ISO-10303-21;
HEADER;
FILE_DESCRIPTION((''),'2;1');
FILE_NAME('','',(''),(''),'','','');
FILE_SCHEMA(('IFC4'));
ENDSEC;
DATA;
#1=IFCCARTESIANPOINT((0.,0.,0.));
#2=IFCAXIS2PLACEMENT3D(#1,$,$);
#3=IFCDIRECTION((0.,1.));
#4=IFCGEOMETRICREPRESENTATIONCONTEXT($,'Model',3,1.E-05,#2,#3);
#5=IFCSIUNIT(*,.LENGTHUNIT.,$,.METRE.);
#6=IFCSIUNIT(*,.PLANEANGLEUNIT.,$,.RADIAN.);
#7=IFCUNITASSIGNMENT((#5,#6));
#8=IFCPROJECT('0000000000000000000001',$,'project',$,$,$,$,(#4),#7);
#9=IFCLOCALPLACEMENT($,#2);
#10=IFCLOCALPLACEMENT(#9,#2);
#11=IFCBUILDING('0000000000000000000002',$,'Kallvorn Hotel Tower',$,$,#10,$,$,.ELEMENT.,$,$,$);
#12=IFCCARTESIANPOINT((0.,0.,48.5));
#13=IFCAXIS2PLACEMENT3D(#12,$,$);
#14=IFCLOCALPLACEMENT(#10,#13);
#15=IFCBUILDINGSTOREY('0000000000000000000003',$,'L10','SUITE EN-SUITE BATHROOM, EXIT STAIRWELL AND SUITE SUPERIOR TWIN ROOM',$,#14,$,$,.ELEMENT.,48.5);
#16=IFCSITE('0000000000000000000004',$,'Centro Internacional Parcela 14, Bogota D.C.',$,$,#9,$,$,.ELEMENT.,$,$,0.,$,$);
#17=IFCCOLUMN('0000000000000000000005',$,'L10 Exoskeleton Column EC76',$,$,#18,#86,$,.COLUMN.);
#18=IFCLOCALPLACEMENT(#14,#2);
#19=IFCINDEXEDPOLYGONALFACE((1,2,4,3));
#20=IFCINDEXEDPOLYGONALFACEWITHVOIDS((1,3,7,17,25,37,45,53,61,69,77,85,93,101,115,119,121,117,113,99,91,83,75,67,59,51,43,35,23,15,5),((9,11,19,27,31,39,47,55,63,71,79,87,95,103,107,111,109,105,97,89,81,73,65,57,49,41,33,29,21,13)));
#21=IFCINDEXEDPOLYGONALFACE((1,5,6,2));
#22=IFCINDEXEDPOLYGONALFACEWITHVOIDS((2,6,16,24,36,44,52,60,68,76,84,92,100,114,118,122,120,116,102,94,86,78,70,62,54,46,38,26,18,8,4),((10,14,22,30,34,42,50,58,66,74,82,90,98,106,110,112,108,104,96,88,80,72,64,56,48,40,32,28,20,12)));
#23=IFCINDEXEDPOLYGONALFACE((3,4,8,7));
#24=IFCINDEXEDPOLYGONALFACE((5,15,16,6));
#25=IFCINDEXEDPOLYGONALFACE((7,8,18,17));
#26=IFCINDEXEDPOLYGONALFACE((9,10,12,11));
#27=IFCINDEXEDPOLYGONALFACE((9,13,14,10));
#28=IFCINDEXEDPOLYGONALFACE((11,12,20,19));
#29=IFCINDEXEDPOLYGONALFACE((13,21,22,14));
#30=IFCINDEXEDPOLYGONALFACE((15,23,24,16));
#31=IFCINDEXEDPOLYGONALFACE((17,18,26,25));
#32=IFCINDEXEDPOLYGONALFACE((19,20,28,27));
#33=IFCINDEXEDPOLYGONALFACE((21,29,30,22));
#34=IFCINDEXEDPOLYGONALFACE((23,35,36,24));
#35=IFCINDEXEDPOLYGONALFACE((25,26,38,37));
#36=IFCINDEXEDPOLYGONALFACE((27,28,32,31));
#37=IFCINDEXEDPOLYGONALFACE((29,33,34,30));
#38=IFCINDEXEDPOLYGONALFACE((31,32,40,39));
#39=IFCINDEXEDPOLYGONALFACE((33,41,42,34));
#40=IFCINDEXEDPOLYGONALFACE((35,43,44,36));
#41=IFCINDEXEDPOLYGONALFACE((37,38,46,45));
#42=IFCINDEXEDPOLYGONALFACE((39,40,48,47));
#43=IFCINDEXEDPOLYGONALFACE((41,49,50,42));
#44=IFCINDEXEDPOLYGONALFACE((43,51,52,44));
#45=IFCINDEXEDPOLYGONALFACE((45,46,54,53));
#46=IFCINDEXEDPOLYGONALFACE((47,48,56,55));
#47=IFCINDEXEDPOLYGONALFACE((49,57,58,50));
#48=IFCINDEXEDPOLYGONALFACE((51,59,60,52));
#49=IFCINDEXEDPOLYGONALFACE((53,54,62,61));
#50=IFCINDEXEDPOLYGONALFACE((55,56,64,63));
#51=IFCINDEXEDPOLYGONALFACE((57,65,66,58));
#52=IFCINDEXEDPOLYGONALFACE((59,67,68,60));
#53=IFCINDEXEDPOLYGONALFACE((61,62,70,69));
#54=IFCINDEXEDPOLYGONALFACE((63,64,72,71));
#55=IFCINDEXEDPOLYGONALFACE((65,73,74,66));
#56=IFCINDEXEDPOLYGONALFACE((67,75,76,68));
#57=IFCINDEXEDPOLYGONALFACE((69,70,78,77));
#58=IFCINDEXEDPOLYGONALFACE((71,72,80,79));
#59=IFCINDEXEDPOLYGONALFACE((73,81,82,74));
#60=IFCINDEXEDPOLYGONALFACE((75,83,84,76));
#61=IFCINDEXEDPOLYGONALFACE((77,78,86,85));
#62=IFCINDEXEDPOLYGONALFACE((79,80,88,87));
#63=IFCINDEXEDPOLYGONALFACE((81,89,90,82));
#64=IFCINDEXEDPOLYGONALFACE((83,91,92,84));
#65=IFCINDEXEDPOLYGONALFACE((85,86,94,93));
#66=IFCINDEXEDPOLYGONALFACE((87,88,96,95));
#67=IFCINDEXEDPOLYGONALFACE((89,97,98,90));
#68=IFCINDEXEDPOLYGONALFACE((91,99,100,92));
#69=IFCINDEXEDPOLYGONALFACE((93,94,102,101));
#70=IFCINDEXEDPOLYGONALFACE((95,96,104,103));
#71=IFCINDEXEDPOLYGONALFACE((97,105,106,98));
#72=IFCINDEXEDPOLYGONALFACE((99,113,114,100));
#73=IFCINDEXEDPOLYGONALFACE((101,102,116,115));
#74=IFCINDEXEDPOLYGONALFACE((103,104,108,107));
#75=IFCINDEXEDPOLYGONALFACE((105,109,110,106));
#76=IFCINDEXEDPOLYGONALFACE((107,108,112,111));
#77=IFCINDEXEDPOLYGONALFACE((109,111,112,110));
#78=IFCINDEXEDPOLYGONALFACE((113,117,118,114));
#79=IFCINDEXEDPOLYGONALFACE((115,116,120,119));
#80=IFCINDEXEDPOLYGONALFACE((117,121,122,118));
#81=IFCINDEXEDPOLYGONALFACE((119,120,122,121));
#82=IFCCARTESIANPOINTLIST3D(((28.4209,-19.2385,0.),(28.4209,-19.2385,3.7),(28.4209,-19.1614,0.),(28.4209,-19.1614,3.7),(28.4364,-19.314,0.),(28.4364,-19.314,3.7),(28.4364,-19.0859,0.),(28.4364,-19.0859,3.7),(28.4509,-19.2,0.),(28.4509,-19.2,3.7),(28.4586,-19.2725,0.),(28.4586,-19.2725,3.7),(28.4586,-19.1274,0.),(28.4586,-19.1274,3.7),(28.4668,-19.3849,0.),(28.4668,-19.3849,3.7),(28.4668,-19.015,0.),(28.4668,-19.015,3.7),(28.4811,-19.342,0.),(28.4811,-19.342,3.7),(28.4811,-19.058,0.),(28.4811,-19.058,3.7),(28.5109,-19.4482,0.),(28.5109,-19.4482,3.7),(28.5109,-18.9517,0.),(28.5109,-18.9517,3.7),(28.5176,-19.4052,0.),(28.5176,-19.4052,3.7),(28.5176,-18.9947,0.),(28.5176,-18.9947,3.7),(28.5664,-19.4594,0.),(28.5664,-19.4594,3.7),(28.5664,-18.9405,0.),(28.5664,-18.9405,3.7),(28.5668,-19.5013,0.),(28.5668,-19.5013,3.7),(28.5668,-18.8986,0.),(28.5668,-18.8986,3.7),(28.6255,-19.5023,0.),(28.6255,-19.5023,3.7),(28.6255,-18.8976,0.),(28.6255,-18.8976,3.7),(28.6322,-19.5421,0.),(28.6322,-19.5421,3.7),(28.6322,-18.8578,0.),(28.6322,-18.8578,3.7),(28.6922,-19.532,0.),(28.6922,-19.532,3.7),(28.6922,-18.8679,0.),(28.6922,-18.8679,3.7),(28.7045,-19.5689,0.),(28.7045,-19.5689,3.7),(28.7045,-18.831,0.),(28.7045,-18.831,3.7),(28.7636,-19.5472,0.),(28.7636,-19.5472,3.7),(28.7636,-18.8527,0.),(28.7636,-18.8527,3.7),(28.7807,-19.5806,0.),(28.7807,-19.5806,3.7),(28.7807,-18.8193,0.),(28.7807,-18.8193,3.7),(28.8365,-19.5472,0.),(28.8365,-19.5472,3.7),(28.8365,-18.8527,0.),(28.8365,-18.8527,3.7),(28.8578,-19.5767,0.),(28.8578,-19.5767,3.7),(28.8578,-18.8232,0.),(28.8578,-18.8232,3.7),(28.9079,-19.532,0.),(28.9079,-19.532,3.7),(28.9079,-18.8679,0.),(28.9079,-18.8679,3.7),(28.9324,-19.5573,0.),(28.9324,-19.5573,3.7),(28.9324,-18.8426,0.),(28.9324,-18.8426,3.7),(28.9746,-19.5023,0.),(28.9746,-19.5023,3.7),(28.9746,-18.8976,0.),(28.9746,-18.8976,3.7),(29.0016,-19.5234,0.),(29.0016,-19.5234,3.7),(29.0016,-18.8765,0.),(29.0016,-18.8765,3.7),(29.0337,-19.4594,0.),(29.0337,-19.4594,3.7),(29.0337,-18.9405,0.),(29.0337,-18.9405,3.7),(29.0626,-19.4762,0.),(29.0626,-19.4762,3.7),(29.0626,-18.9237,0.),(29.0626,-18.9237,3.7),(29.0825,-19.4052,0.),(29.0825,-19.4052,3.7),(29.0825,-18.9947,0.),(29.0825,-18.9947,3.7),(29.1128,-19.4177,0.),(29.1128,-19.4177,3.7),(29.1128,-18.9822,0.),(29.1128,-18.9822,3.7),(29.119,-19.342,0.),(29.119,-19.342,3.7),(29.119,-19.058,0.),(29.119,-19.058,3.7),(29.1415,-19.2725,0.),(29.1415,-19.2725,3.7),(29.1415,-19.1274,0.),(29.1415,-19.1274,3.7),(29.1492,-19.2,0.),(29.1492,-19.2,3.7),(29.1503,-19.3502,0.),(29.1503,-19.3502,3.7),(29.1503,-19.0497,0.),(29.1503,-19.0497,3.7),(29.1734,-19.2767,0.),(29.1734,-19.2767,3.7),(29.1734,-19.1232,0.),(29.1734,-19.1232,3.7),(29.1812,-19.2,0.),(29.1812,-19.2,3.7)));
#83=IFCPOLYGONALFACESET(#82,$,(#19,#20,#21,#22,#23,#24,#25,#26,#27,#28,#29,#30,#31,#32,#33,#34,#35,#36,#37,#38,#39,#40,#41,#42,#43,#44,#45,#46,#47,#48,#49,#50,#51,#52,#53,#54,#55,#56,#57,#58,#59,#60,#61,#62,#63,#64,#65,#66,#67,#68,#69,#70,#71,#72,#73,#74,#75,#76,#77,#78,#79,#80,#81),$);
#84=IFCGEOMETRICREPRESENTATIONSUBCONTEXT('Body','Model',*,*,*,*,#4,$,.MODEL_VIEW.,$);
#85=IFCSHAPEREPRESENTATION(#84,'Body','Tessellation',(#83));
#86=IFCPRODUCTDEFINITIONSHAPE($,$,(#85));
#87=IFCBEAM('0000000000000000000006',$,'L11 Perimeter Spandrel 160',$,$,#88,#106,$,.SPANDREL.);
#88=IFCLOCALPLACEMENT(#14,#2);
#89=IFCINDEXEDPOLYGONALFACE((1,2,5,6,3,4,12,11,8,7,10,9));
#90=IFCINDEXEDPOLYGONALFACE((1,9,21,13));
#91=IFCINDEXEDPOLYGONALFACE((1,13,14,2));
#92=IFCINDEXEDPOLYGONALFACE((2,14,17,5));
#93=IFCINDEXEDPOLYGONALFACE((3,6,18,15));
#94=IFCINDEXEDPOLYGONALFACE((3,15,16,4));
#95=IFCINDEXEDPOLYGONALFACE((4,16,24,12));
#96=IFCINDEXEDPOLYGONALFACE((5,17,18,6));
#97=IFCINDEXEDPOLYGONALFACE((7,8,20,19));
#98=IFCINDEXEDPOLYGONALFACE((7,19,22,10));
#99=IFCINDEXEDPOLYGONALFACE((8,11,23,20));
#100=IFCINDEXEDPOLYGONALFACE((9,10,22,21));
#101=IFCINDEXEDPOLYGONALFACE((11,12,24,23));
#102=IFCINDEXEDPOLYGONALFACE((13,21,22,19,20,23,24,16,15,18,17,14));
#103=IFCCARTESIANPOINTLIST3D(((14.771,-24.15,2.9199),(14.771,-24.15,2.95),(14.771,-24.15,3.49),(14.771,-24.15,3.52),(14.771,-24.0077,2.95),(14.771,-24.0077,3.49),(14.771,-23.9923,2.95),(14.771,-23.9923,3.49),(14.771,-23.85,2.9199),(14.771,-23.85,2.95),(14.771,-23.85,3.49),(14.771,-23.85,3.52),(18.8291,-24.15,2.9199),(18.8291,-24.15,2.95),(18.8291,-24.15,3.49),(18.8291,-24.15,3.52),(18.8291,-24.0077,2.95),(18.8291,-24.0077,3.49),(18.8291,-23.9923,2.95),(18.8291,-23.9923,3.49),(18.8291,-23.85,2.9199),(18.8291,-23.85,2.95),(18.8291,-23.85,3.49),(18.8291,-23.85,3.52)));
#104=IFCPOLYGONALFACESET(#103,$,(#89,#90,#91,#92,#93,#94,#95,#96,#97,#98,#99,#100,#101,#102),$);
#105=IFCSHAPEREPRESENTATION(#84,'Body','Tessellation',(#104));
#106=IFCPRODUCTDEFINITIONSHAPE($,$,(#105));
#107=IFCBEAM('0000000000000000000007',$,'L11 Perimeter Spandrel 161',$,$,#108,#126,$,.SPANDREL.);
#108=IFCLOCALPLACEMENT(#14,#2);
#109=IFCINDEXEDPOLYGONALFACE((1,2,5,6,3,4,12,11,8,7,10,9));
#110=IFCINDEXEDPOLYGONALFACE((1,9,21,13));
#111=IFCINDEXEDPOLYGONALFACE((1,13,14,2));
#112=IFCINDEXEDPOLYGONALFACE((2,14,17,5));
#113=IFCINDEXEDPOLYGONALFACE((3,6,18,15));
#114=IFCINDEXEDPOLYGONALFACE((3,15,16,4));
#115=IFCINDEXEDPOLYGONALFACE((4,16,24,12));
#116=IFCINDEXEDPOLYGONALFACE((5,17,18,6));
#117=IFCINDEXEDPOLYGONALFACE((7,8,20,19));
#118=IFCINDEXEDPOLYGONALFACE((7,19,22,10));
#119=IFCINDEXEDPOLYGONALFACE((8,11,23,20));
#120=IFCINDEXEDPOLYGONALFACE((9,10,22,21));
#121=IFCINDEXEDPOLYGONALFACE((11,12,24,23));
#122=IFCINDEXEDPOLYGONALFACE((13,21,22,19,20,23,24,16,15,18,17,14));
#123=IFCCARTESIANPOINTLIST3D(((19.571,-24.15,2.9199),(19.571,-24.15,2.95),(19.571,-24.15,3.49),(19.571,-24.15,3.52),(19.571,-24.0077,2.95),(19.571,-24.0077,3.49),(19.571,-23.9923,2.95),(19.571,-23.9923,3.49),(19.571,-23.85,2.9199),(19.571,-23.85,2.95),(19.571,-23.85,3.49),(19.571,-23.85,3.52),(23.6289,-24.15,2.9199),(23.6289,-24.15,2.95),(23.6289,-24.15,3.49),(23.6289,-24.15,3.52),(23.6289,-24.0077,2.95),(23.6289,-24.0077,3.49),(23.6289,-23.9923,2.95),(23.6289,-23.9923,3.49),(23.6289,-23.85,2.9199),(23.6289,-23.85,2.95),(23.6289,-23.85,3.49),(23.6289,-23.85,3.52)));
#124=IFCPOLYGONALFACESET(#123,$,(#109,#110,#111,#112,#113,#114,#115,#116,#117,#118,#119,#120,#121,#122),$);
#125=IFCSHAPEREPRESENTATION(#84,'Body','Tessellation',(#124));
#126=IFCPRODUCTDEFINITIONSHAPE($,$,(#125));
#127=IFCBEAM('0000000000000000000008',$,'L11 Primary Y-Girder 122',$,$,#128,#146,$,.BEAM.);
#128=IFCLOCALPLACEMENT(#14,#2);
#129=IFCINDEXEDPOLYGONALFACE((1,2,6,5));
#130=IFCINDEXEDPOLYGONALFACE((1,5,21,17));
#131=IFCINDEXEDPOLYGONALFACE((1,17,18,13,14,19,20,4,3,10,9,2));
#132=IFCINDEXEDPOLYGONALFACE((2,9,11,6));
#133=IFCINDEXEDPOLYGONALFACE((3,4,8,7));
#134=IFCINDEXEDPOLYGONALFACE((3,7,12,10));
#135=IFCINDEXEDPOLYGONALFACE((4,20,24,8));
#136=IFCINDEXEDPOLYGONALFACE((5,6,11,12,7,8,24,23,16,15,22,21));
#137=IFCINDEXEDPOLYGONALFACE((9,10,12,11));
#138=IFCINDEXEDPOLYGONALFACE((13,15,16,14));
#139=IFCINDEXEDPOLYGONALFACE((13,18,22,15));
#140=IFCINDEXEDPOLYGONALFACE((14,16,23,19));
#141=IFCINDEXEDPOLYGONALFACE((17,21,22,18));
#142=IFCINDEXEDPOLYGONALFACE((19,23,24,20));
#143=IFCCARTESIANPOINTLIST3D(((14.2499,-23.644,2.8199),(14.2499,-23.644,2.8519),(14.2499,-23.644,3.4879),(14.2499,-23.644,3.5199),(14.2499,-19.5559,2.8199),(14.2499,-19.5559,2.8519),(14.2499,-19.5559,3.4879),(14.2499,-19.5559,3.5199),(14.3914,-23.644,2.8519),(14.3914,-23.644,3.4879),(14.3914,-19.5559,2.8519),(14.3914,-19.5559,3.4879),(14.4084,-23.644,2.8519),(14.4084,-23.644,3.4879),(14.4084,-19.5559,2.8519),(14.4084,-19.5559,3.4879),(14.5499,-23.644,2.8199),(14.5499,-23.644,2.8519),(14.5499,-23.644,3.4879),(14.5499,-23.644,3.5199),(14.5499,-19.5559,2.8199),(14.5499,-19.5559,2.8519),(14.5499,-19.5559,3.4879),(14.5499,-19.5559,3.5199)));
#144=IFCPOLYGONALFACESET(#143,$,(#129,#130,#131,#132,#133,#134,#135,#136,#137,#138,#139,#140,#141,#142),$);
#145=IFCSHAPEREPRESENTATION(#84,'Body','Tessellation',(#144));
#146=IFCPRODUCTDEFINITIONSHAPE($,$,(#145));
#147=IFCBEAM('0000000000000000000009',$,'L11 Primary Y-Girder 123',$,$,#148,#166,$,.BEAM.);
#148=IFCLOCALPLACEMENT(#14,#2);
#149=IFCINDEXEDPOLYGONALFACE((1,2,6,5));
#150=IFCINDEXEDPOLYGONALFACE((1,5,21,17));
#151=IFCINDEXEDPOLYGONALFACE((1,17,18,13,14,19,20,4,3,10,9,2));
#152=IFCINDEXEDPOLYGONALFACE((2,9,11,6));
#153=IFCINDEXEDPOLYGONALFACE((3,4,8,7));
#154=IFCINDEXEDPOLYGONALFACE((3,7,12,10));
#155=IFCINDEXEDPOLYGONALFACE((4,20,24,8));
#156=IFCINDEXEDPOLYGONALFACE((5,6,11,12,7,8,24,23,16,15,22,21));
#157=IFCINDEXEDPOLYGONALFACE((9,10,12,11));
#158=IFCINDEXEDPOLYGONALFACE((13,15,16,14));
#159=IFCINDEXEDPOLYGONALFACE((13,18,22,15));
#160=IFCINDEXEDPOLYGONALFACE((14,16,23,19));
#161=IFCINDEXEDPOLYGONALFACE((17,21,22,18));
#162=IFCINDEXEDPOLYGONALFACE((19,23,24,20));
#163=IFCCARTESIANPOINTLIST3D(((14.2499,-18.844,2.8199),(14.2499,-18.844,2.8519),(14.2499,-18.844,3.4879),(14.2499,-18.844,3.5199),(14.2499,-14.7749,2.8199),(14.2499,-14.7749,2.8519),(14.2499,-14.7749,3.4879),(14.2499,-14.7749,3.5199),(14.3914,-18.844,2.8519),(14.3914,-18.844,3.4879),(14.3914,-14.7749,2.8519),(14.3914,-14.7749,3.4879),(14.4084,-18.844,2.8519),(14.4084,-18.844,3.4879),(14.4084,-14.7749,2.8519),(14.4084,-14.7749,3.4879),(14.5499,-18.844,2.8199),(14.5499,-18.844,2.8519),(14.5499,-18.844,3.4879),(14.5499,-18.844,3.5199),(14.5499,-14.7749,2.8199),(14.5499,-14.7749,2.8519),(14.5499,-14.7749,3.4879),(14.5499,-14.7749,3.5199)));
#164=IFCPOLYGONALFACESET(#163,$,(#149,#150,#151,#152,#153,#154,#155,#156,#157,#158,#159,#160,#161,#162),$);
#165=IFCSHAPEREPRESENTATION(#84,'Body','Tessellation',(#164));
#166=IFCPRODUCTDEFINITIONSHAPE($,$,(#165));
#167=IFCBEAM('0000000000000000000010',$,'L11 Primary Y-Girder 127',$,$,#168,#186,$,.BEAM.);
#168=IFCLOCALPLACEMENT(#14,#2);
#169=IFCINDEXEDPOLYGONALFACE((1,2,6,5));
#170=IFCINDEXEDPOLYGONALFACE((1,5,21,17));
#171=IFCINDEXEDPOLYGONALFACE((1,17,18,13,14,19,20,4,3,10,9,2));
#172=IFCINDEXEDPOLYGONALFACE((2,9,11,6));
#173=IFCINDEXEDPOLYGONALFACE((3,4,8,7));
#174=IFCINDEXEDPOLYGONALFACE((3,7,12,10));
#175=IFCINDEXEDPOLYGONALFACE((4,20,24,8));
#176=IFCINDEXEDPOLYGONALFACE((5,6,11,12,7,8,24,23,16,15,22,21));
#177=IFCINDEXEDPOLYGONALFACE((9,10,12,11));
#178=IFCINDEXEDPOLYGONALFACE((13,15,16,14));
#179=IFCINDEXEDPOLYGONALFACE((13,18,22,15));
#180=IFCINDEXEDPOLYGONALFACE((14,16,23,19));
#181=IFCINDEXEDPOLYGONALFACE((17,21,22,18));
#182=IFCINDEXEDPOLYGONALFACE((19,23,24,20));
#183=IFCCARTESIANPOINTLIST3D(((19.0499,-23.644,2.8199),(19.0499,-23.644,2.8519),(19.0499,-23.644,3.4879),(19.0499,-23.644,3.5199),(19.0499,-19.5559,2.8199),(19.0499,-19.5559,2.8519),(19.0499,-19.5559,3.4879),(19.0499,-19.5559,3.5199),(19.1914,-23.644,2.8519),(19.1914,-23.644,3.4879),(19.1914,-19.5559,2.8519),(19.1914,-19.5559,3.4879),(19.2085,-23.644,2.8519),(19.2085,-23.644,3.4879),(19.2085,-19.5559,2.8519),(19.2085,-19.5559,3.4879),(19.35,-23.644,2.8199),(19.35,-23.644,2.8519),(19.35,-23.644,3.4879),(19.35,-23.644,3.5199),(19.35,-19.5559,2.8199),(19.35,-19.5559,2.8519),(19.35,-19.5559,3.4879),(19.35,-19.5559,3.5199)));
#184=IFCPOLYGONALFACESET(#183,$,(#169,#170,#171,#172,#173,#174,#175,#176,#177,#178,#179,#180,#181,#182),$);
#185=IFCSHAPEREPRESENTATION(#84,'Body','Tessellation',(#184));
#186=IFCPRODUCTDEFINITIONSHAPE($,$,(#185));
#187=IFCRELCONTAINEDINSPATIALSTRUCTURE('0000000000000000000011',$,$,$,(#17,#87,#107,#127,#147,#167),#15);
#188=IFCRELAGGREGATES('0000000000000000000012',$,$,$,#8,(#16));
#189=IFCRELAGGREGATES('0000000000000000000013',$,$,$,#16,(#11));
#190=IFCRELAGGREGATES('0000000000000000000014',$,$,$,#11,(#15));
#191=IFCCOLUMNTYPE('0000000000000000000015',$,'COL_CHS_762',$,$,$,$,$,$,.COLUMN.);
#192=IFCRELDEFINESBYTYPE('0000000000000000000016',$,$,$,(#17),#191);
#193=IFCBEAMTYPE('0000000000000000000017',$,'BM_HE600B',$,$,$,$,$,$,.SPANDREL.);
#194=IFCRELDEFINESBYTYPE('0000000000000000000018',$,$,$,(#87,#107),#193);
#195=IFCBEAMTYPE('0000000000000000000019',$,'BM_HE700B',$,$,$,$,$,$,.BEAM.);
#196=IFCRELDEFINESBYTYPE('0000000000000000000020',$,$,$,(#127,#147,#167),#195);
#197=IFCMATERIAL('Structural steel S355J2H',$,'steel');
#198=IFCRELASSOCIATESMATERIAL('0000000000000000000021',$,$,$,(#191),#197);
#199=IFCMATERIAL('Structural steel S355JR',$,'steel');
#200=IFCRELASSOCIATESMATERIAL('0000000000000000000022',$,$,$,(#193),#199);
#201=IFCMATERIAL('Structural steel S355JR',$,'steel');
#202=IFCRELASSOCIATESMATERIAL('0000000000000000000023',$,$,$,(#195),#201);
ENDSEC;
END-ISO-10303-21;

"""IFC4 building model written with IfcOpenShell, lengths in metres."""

from ifc_helpers import new_model, si_unit, direction, frame, origin, origin_2d, place, context, subcontext, project, spatial, hollow_circle, i_section, extrude, material, material_profile, profile_set, type_object, element, save


model = new_model("IFC4")

# Units and contexts
model_context = context("Model", 3, precision=1e-05, world=origin(), true_north=direction((0.0, 1.0)))
body_context = subcontext(model_context, "Body", "Model", "MODEL_VIEW")
ifc_project = project(units=[si_unit("LENGTHUNIT", "METRE"), si_unit("PLANEANGLEUNIT", "RADIAN")], contexts=[model_context])

# Site, building, storey
site_placement = place(None, origin())
site = spatial("IfcSite", under=ifc_project, at=site_placement, Name="Centro Internacional Parcela 14, Bogota D.C.", CompositionType="ELEMENT", RefElevation=0.0)
building_placement = place(site_placement, origin())
building = spatial("IfcBuilding", under=site, at=building_placement, Name="Kallvorn Hotel Tower", CompositionType="ELEMENT")
storey_placement = place(building_placement, frame((0.0, 0.0, 48.5)))
storey = spatial("IfcBuildingStorey", under=building, at=storey_placement, Name="L10", Description="SUITE EN-SUITE BATHROOM, EXIT STAIRWELL AND SUITE SUPERIOR TWIN ROOM", CompositionType="ELEMENT", Elevation=48.5)

# Column
ifc_material_1 = material(Name="Structural steel S355J2H", Category="steel")
ifc_material_profile_1 = material_profile(ifc_material_1, hollow_circle(Radius=0.3811, WallThickness=0.032, at=origin_2d()), Name="CHS 762x32")
ifc_profile_set_1 = profile_set([ifc_material_profile_1], Name="Structural steel S355J2H")
column_type = type_object("IfcColumnType", Name="COL_CHS_762", PredefinedType="COLUMN", material=ifc_profile_set_1)
for number, where, z_axis, x_axis, name in (
    (1, (28.8, -19.2, 0.0), (0.0, 0.0, 1.0), (1.0, 0.0, 0.0), "L10 Exoskeleton Column EC76"),
):
    element("IfcColumn", number, at=place(storey_placement, frame(where, z_axis=z_axis, x_axis=x_axis)), inside=storey, type_object=column_type, Name=name, PredefinedType="COLUMN", context=body_context, shape_type="SweptSolid", body=[
        extrude(hollow_circle(Radius=0.3811, WallThickness=0.032, at=origin_2d()), origin(), (0.0, 0.0, 1.0), 3.7),
    ])

# Beams
ifc_material_2 = material(Name="Structural steel S355JR", Category="steel")
ifc_material_profile_2 = material_profile(ifc_material_2, i_section(OverallWidth=0.3, OverallDepth=0.6001, WebThickness=0.0154, FlangeThickness=0.03, at=origin_2d()), Name="HE 600 B")
ifc_profile_set_2 = profile_set([ifc_material_profile_2], Name="Structural steel S355JR")
beam_type_1 = type_object("IfcBeamType", Name="BM_HE600B", PredefinedType="SPANDREL", material=ifc_profile_set_2)
beam_1_placement = place(storey_placement, frame((14.771, -24.0, 3.22), z_axis=(1.0, 0.0, 0.0), x_axis=(0.0, 1.0, 0.0)))
element("IfcBeam", 2, at=beam_1_placement, inside=storey, type_object=beam_type_1, Name="L11 Perimeter Spandrel 160", PredefinedType="SPANDREL", context=body_context, shape_type="SweptSolid", body=[
    extrude(i_section(OverallWidth=0.3, OverallDepth=0.6001, WebThickness=0.0154, FlangeThickness=0.03, at=origin_2d()), origin(), (0.0, 0.0, 1.0), 4.0581),
])
beam_2_placement = place(storey_placement, frame((19.571, -24.0, 3.22), z_axis=(1.0, 0.0, 0.0), x_axis=(0.0, 1.0, 0.0)))
element("IfcBeam", 3, at=beam_2_placement, inside=storey, type_object=beam_type_1, Name="L11 Perimeter Spandrel 161", PredefinedType="SPANDREL", context=body_context, shape_type="SweptSolid", body=[
    extrude(i_section(OverallWidth=0.3, OverallDepth=0.6001, WebThickness=0.0154, FlangeThickness=0.03, at=origin_2d()), origin(), (0.0, 0.0, 1.0), 4.0579),
])
ifc_material_3 = material(Name="Structural steel S355JR", Category="steel")
ifc_material_profile_3 = material_profile(ifc_material_3, i_section(OverallWidth=0.3, OverallDepth=0.7, WebThickness=0.0171, FlangeThickness=0.032, at=origin_2d()), Name="HE 700 B")
ifc_profile_set_3 = profile_set([ifc_material_profile_3], Name="Structural steel S355JR")
beam_type_2 = type_object("IfcBeamType", Name="BM_HE700B", PredefinedType="BEAM", material=ifc_profile_set_3)
beam_3_placement = place(storey_placement, frame((14.3999, -23.644, 3.1699), z_axis=(0.0, 1.0, 0.0), x_axis=(-1.0, 0.0, 0.0)))
element("IfcBeam", 4, at=beam_3_placement, inside=storey, type_object=beam_type_2, Name="L11 Primary Y-Girder 122", PredefinedType="BEAM", context=body_context, shape_type="SweptSolid", body=[
    extrude(i_section(OverallWidth=0.3, OverallDepth=0.7, WebThickness=0.0171, FlangeThickness=0.032, at=origin_2d()), origin(), (0.0, 0.0, 1.0), 4.0881),
])
beam_4_placement = place(storey_placement, frame((14.3999, -18.844, 3.1699), z_axis=(0.0, 1.0, 0.0), x_axis=(-1.0, 0.0, 0.0)))
element("IfcBeam", 5, at=beam_4_placement, inside=storey, type_object=beam_type_2, Name="L11 Primary Y-Girder 123", PredefinedType="BEAM", context=body_context, shape_type="SweptSolid", body=[
    extrude(i_section(OverallWidth=0.3, OverallDepth=0.7, WebThickness=0.0171, FlangeThickness=0.032, at=origin_2d()), origin(), (0.0, 0.0, 1.0), 4.0691),
])
beam_5_placement = place(storey_placement, frame((19.2, -23.644, 3.1699), z_axis=(0.0, 1.0, 0.0), x_axis=(-1.0, 0.0, 0.0)))
element("IfcBeam", 6, at=beam_5_placement, inside=storey, type_object=beam_type_2, Name="L11 Primary Y-Girder 127", PredefinedType="BEAM", context=body_context, shape_type="SweptSolid", body=[
    extrude(i_section(OverallWidth=0.3, OverallDepth=0.7, WebThickness=0.0171, FlangeThickness=0.032, at=origin_2d()), origin(), (0.0, 0.0, 1.0), 4.0881),
])

save(model, "model.ifc")
